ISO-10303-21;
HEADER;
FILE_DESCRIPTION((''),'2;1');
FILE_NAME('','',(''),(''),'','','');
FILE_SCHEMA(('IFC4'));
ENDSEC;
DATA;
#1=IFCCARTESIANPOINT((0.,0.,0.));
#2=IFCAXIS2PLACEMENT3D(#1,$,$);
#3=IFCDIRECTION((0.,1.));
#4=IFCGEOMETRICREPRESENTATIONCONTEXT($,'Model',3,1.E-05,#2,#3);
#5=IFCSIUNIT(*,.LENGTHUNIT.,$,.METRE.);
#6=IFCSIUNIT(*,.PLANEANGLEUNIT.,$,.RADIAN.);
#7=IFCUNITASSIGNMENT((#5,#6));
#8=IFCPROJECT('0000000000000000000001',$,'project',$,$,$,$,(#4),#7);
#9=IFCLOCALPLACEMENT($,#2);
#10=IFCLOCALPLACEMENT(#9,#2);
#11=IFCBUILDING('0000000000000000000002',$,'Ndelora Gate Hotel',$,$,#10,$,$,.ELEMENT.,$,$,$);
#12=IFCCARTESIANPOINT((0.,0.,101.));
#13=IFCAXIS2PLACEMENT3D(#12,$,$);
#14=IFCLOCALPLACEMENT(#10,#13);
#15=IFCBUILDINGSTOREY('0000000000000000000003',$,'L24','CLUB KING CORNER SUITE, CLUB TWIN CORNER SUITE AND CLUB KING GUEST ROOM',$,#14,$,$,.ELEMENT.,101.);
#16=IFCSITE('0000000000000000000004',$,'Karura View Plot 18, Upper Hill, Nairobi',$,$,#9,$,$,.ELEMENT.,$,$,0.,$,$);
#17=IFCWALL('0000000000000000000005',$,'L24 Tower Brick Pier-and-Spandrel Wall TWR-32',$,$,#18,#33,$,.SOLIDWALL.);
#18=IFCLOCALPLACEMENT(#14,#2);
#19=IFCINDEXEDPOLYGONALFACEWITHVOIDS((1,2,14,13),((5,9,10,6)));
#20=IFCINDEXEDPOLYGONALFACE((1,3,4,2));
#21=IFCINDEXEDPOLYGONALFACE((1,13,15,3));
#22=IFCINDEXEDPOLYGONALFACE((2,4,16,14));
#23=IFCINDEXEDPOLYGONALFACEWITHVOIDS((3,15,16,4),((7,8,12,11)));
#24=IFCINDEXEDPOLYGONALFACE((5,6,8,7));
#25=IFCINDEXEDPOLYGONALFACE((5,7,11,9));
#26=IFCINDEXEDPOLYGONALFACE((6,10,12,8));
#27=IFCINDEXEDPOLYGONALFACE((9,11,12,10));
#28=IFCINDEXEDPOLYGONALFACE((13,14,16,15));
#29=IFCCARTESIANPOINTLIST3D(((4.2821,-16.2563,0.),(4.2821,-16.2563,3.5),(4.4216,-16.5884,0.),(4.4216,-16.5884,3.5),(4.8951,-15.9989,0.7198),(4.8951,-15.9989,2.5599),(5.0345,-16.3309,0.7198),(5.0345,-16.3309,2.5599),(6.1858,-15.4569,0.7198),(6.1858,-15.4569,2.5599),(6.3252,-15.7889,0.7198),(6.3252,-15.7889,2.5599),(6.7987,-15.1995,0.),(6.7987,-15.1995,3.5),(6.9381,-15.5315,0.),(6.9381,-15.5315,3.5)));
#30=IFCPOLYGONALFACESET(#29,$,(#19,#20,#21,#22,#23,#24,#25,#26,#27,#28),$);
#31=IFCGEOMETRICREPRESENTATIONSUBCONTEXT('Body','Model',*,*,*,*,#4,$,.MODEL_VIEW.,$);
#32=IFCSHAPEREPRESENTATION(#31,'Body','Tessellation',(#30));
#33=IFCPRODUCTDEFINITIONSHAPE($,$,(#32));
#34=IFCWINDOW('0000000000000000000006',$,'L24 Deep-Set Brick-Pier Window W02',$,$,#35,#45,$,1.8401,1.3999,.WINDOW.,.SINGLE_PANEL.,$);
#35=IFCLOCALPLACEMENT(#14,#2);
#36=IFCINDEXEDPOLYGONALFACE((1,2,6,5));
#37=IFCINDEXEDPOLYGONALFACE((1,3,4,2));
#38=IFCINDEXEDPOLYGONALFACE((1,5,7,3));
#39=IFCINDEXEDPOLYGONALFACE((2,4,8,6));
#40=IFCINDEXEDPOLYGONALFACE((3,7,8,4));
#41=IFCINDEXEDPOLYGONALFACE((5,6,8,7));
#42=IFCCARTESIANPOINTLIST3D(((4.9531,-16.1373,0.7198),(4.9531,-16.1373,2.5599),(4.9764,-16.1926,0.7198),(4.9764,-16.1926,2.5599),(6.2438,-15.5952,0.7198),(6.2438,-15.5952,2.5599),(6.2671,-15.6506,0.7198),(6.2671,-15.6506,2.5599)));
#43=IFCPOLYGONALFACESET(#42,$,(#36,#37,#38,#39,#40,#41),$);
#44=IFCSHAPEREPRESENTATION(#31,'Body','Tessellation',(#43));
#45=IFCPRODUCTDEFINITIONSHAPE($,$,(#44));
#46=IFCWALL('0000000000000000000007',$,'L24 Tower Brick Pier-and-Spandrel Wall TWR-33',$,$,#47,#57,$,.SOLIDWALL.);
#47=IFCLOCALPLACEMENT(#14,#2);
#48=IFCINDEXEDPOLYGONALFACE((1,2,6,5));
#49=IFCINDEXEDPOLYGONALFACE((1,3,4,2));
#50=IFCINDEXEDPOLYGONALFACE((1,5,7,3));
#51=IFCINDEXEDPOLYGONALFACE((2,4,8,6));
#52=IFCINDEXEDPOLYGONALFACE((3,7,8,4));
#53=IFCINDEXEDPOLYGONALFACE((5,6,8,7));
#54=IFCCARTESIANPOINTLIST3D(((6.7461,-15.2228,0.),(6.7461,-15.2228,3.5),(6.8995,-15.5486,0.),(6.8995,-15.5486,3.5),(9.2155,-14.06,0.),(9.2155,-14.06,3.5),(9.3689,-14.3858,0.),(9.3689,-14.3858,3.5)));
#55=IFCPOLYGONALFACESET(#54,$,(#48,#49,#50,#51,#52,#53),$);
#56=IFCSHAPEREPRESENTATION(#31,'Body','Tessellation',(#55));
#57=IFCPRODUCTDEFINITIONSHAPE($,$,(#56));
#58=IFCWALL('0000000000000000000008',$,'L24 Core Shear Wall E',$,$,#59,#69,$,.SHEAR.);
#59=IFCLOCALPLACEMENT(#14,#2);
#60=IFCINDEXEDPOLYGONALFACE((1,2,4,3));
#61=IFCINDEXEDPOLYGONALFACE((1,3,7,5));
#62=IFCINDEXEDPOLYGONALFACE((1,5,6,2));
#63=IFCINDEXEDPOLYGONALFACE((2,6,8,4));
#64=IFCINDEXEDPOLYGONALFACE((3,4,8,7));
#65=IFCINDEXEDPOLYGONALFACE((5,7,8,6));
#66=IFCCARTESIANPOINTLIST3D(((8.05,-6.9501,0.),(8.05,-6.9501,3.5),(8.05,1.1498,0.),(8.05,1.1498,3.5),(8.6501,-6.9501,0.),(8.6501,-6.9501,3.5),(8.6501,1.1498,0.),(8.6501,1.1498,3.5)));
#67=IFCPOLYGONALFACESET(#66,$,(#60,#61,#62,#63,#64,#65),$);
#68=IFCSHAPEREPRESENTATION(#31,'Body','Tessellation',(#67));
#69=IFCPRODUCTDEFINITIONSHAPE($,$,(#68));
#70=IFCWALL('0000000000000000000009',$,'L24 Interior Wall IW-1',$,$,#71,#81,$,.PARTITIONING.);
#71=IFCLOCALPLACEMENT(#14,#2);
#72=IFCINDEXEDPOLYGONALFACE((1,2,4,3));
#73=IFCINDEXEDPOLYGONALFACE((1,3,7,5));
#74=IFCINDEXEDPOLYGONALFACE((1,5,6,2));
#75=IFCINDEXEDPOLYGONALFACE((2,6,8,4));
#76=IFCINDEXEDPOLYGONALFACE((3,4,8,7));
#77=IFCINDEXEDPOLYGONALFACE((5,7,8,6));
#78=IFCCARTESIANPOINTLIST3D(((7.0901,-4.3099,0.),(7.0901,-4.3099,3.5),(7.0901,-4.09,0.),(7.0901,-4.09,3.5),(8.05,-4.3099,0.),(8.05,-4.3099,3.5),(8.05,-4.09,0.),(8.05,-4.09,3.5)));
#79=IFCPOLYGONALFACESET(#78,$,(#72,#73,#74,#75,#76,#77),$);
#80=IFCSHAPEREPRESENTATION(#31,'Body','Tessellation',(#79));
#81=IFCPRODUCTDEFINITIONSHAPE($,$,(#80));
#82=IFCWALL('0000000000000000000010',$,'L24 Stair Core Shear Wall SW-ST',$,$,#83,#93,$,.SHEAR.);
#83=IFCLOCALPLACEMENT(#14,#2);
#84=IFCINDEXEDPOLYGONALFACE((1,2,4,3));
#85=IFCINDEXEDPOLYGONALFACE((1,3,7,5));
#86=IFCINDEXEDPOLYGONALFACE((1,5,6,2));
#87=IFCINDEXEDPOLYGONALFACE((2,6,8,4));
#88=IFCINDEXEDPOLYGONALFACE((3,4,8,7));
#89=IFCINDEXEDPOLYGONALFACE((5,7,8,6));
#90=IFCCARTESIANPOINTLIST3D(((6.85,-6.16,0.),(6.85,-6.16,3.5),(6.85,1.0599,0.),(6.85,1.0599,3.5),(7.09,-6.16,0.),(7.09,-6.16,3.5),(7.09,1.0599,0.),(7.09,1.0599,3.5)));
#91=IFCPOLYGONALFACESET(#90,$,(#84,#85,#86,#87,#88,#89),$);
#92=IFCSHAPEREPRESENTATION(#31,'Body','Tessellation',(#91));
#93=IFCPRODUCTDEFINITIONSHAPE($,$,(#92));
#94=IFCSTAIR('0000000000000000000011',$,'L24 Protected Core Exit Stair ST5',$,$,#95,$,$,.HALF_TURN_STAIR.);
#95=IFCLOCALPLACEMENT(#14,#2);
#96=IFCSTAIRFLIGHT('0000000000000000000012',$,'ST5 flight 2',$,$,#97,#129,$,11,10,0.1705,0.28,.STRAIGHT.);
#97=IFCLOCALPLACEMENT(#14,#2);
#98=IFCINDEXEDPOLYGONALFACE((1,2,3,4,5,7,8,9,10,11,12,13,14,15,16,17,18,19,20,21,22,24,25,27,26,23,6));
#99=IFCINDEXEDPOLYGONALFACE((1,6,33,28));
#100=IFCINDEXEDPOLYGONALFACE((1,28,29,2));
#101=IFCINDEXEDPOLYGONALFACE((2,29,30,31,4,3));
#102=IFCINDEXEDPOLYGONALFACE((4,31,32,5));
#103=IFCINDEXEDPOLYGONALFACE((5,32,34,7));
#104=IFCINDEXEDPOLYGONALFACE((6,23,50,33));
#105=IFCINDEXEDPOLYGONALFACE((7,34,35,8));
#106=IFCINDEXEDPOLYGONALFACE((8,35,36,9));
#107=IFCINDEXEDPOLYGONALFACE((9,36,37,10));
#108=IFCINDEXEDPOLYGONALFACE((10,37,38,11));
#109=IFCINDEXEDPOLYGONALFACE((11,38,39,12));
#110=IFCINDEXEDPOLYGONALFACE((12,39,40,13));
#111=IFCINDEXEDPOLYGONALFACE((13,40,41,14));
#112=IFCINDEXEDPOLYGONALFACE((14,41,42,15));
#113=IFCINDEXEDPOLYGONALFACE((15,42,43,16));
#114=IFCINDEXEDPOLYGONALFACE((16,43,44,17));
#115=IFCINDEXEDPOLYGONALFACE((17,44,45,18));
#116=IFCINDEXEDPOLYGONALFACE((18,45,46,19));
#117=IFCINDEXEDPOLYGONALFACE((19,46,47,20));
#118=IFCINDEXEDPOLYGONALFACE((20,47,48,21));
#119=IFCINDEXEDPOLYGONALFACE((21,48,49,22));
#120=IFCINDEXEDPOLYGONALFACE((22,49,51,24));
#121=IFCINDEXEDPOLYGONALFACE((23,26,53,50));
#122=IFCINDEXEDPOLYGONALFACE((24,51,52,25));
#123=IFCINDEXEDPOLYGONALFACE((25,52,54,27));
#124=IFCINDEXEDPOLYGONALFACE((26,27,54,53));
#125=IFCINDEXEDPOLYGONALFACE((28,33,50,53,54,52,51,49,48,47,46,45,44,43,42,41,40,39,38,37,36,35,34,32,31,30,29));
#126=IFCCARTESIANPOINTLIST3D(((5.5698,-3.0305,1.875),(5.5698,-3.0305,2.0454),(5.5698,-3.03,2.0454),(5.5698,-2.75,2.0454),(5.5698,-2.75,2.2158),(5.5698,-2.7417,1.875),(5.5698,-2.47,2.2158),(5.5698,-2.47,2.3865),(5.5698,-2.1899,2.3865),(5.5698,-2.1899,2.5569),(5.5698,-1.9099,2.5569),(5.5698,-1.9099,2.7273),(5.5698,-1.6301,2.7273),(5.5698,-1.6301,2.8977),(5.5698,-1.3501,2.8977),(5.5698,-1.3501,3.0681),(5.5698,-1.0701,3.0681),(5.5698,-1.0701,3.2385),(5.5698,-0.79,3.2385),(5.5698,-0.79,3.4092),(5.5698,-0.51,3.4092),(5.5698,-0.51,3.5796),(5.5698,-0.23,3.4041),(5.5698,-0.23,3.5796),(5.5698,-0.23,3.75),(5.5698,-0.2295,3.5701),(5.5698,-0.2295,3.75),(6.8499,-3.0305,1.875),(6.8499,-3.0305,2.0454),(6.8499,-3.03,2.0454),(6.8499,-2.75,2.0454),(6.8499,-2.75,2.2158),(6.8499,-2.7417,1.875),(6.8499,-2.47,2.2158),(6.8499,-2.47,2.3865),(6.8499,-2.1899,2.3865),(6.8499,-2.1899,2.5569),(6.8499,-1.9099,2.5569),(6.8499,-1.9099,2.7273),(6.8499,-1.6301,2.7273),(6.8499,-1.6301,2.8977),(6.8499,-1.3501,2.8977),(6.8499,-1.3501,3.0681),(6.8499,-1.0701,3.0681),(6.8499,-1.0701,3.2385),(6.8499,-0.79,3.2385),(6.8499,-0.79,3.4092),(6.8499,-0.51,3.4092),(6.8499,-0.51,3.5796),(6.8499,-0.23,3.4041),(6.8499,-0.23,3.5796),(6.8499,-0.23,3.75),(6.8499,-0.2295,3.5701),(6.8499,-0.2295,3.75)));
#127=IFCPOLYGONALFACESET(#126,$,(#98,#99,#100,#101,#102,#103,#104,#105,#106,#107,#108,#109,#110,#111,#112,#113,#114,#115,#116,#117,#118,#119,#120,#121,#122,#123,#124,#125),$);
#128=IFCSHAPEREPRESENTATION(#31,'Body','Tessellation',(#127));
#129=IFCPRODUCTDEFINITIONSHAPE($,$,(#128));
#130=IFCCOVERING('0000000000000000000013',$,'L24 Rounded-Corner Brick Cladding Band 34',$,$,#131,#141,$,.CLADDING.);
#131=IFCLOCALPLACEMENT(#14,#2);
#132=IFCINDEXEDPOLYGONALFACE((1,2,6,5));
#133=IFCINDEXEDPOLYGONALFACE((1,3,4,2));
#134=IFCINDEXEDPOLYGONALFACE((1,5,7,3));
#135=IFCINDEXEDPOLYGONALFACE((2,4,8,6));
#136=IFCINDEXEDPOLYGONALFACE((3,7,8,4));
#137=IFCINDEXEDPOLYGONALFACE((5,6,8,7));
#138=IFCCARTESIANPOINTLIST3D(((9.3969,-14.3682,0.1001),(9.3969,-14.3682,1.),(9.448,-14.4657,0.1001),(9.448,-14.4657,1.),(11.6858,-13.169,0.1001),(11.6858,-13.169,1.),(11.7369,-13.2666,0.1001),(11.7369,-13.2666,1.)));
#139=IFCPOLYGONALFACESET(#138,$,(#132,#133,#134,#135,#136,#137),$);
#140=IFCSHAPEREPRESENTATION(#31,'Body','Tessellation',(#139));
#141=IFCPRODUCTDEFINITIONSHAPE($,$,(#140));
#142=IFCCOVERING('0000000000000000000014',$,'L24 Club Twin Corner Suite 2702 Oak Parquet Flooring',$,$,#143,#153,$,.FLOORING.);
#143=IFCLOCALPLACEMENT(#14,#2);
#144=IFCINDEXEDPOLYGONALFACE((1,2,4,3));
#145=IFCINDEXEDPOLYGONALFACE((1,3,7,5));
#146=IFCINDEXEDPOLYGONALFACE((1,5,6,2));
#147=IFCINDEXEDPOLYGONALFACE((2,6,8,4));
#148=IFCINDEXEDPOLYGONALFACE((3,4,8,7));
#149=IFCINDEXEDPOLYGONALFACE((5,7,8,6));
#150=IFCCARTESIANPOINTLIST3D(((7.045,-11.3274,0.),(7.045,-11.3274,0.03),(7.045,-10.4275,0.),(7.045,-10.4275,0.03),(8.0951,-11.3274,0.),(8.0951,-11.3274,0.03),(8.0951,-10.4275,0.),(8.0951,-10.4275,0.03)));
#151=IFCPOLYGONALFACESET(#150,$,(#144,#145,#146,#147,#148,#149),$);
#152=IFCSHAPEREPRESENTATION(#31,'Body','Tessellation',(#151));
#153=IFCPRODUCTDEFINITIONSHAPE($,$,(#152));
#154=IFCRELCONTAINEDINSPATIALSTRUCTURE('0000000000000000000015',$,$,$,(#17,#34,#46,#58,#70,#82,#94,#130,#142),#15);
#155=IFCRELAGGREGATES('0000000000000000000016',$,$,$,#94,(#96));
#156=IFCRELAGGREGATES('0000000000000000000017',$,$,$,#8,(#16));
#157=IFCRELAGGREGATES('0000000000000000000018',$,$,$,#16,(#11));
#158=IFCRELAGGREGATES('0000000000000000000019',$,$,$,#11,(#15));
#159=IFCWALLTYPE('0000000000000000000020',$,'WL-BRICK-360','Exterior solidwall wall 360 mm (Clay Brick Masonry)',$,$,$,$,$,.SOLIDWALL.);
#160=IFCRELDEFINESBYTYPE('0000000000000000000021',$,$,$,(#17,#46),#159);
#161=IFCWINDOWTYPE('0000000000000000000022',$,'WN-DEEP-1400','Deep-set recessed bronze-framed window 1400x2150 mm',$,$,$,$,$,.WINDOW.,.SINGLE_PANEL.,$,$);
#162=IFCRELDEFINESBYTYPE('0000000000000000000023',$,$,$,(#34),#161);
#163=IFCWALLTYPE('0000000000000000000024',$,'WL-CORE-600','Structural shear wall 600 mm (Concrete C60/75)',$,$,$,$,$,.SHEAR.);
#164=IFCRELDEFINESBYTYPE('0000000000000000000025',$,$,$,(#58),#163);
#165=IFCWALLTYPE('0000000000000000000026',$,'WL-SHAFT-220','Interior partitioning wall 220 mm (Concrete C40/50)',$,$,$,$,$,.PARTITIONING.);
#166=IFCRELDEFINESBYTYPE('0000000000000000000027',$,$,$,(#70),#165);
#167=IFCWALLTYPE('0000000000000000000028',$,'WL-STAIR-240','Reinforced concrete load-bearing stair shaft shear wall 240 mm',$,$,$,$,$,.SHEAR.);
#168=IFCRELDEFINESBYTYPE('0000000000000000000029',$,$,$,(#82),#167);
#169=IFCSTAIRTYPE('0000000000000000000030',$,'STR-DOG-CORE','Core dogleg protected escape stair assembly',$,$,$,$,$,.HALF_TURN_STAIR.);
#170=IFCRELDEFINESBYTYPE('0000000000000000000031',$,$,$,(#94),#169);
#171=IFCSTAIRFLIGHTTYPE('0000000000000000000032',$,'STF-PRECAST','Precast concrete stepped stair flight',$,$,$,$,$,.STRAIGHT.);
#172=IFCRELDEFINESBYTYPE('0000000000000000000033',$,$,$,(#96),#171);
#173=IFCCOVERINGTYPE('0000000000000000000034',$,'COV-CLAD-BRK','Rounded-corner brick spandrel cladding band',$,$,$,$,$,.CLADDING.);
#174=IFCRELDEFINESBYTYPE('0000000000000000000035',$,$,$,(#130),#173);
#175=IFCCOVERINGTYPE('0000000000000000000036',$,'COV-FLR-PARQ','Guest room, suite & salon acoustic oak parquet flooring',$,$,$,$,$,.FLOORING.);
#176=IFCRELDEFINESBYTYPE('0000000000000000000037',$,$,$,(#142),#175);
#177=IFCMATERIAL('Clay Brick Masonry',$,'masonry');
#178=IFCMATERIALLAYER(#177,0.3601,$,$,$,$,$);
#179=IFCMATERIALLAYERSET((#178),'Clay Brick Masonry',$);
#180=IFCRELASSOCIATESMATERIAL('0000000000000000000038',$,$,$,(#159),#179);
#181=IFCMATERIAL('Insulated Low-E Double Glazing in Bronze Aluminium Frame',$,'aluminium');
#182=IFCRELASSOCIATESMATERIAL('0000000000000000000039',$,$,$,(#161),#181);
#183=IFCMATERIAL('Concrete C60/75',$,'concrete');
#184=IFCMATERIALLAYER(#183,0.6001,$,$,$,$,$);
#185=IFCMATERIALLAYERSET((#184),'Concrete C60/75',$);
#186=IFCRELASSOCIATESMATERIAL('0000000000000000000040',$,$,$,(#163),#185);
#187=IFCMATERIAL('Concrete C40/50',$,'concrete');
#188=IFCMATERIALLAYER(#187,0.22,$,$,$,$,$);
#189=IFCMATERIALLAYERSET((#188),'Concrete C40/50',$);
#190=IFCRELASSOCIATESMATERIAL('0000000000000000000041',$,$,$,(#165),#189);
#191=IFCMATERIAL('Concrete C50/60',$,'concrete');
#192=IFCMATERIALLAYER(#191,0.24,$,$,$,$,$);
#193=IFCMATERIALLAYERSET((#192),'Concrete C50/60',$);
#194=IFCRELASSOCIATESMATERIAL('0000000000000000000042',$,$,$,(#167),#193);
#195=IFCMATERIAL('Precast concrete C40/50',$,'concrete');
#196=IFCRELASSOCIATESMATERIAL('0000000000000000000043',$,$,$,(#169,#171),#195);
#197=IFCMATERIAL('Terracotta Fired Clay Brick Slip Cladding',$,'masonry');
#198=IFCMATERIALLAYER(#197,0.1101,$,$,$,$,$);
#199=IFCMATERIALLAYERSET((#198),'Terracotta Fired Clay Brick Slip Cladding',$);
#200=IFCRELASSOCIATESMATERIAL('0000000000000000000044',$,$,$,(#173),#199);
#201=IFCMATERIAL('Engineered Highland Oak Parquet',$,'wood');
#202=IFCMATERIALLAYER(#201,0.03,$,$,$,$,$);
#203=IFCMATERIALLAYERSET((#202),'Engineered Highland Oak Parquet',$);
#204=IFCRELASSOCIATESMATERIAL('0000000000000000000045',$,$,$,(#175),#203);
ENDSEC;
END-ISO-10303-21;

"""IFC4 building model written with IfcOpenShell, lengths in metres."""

from ifc_helpers import new_model, si_unit, direction, frame, frame_2d, origin, origin_2d, place, context, subcontext, project, spatial, polyline, rectangle, outline, extrude, material, layer, layer_set, type_object, element, fill, aggregate, save


model = new_model("IFC4")

# Units and contexts
model_context = context("Model", 3, precision=1e-05, world=origin(), true_north=direction((0.0, 1.0)))
body_context = subcontext(model_context, "Body", "Model", "MODEL_VIEW")
ifc_project = project(units=[si_unit("LENGTHUNIT", "METRE"), si_unit("PLANEANGLEUNIT", "RADIAN")], contexts=[model_context])

# Site, building, storey
site_placement = place(None, origin())
site = spatial("IfcSite", under=ifc_project, at=site_placement, Name="Karura View Plot 18, Upper Hill, Nairobi", CompositionType="ELEMENT", RefElevation=0.0)
building_placement = place(site_placement, origin())
building = spatial("IfcBuilding", under=site, at=building_placement, Name="Ndelora Gate Hotel", CompositionType="ELEMENT")
storey_placement = place(building_placement, frame((0.0, 0.0, 101.0)))
storey = spatial("IfcBuildingStorey", under=building, at=storey_placement, Name="L24", Description="CLUB KING CORNER SUITE, CLUB TWIN CORNER SUITE AND CLUB KING GUEST ROOM", CompositionType="ELEMENT", Elevation=101.0)

# Shared definitions
ifc_material_1 = material(Name="Concrete C60/75", Category="concrete")

# Wall, opening, window
ifc_material_2 = material(Name="Clay Brick Masonry", Category="masonry")
ifc_layer_1 = layer(ifc_material_2, 0.3601)
ifc_layer_set_1 = layer_set([ifc_layer_1], Name="Clay Brick Masonry")
wall_type_1 = type_object("IfcWallType", Name="WL-BRICK-360", Description="Exterior solidwall wall 360 mm (Clay Brick Masonry)", PredefinedType="SOLIDWALL", material=ifc_layer_set_1)
wall_1_placement = place(storey_placement, frame((6.8684, -15.3655, 0.0), z_axis=(0.0, 0.0, 1.0), x_axis=(-0.921994, -0.387205, 0.0)))
wall_1 = element("IfcWall", 1, at=wall_1_placement, inside=storey, type_object=wall_type_1, Name="L24 Tower Brick Pier-and-Spandrel Wall TWR-32", PredefinedType="SOLIDWALL", context=body_context, shape_type="SweptSolid", body=[
    extrude(rectangle(XDim=2.7295, YDim=0.3601, at=frame_2d((1.3647, 0.0))), origin(), (0.0, 0.0, 1.0), 3.5),
])
opening_1_placement = place(wall_1_placement, frame((0.6648, 0.0, 0.72)))
opening_1 = element("IfcOpeningElement", 2, at=opening_1_placement, cuts=wall_1, PredefinedType="OPENING", context=body_context, shape_type="SweptSolid", body=[
    extrude(rectangle(XDim=1.3999, YDim=1.8401, at=frame_2d((0.7, 0.9199))), frame((0.0, 0.1899, 0.0), z_axis=(0.0, -1.0, 0.0), x_axis=(1.0, 0.0, 0.0)), (0.0, 0.0, 1.0), 0.3801),
])
ifc_material_3 = material(Name="Insulated Low-E Double Glazing in Bronze Aluminium Frame", Category="aluminium")
window_type = type_object("IfcWindowType", Name="WN-DEEP-1400", Description="Deep-set recessed bronze-framed window 1400x2150 mm", PartitioningType="SINGLE_PANEL", PredefinedType="WINDOW", material=ifc_material_3)
window_placement = place(opening_1_placement, origin())
window = element("IfcWindow", 3, at=window_placement, inside=storey, type_object=window_type, Name="L24 Deep-Set Brick-Pier Window W02", OverallHeight=1.8401, OverallWidth=1.3999, PartitioningType="SINGLE_PANEL", PredefinedType="WINDOW", context=body_context, shape_type="SweptSolid", body=[
    extrude(rectangle(XDim=1.3999, YDim=1.8401, at=frame_2d((0.7, 0.9199))), frame((0.0, 0.03, 0.0), z_axis=(0.0, -1.0, 0.0), x_axis=(1.0, 0.0, 0.0)), (0.0, 0.0, 1.0), 0.0601),
])
fill(opening_1, window)

# Walls
wall_2_placement = place(storey_placement, frame((9.2922, -14.2229, 0.0), z_axis=(0.0, 0.0, 1.0), x_axis=(-0.904715, -0.426017, 0.0)))
element("IfcWall", 4, at=wall_2_placement, inside=storey, type_object=wall_type_1, Name="L24 Tower Brick Pier-and-Spandrel Wall TWR-33", PredefinedType="SOLIDWALL", context=body_context, shape_type="SweptSolid", body=[
    extrude(rectangle(XDim=2.7295, YDim=0.3601, at=frame_2d((1.3647, 0.0))), origin(), (0.0, 0.0, 1.0), 3.5),
])
ifc_layer_2 = layer(ifc_material_1, 0.6001)
ifc_layer_set_2 = layer_set([ifc_layer_2], Name="Concrete C60/75")
wall_type_2 = type_object("IfcWallType", Name="WL-CORE-600", Description="Structural shear wall 600 mm (Concrete C60/75)", PredefinedType="SHEAR", material=ifc_layer_set_2)
wall_3_placement = place(storey_placement, frame((8.3501, -6.95, 0.0), z_axis=(0.0, 0.0, 1.0), x_axis=(0.0, 1.0, 0.0)))
element("IfcWall", 5, at=wall_3_placement, inside=storey, type_object=wall_type_2, Name="L24 Core Shear Wall E", PredefinedType="SHEAR", context=body_context, shape_type="SweptSolid", body=[
    extrude(rectangle(XDim=8.0999, YDim=0.6001, at=frame_2d((4.0498, 0.0))), origin(), (0.0, 0.0, 1.0), 3.5),
])

# Walls
ifc_material_4 = material(Name="Concrete C40/50", Category="concrete")
ifc_layer_3 = layer(ifc_material_4, 0.22)
ifc_layer_set_3 = layer_set([ifc_layer_3], Name="Concrete C40/50")
wall_type_3 = type_object("IfcWallType", Name="WL-SHAFT-220", Description="Interior partitioning wall 220 mm (Concrete C40/50)", PredefinedType="PARTITIONING", material=ifc_layer_set_3)
wall_4_placement = place(storey_placement, frame((7.0901, -4.2, 0.0), z_axis=(0.0, 0.0, 1.0), x_axis=(1.0, 0.0, 0.0)))
element("IfcWall", 6, at=wall_4_placement, inside=storey, type_object=wall_type_3, Name="L24 Interior Wall IW-1", PredefinedType="PARTITIONING", context=body_context, shape_type="SweptSolid", body=[
    extrude(rectangle(XDim=0.96, YDim=0.22, at=frame_2d((0.48, 0.0))), origin(), (0.0, 0.0, 1.0), 3.5),
])
ifc_material_5 = material(Name="Concrete C50/60", Category="concrete")
ifc_layer_4 = layer(ifc_material_5, 0.24)
ifc_layer_set_4 = layer_set([ifc_layer_4], Name="Concrete C50/60")
wall_type_4 = type_object("IfcWallType", Name="WL-STAIR-240", Description="Reinforced concrete load-bearing stair shaft shear wall 240 mm", PredefinedType="SHEAR", material=ifc_layer_set_4)
wall_5_placement = place(storey_placement, frame((6.97, -6.1599, 0.0), z_axis=(0.0, 0.0, 1.0), x_axis=(0.0, 1.0, 0.0)))
element("IfcWall", 7, at=wall_5_placement, inside=storey, type_object=wall_type_4, Name="L24 Stair Core Shear Wall SW-ST", PredefinedType="SHEAR", context=body_context, shape_type="SweptSolid", body=[
    extrude(rectangle(XDim=7.22, YDim=0.24, at=frame_2d((3.6099, 0.0))), origin(), (0.0, 0.0, 1.0), 3.5),
])

# Stair, stair flight
ifc_material_6 = material(Name="Precast concrete C40/50", Category="concrete")
stair_type = type_object("IfcStairType", Name="STR-DOG-CORE", Description="Core dogleg protected escape stair assembly", PredefinedType="HALF_TURN_STAIR", material=ifc_material_6)
stair_placement = place(storey_placement, origin())
stair = element("IfcStair", 8, at=stair_placement, inside=storey, type_object=stair_type, Name="L24 Protected Core Exit Stair ST5", PredefinedType="HALF_TURN_STAIR")
stair_flight_type = type_object("IfcStairFlightType", Name="STF-PRECAST", Description="Precast concrete stepped stair flight", PredefinedType="STRAIGHT", material=ifc_material_6)
stair_flight_placement = place(storey_placement, frame((6.21, -3.03, 1.875), z_axis=(0.0, 0.0, 1.0), x_axis=(0.0, 1.0, 0.0)))
stair_flight = element("IfcStairFlight", 9, at=stair_flight_placement, type_object=stair_flight_type, Name="ST5 flight 2", NumberOfRisers=11, NumberOfTreads=10, PredefinedType="STRAIGHT", RiserHeight=0.1705, TreadLength=0.28, context=body_context, shape_type="SweptSolid", body=[
    extrude(outline(polyline([(-0.0005, 0.0), (-0.0005, 0.1704), (0.0, 0.1704), (0.28, 0.1704), (0.28, 0.3408), (0.5601, 0.3408), (0.5601, 0.5115), (0.8401, 0.5115), (0.8401, 0.6819), (1.1201, 0.6819), (1.1201, 0.8523), (1.3999, 0.8523), (1.3999, 1.0227), (1.6799, 1.0227), (1.6799, 1.1931), (1.96, 1.1931), (1.96, 1.3635), (2.24, 1.3635), (2.24, 1.5342), (2.52, 1.5342), (2.52, 1.7046), (2.8, 1.7046), (2.8, 1.875), (2.8005, 1.875), (2.8005, 1.6951), (2.8, 1.5291), (0.2883, 0.0), (-0.0005, 0.0)])), frame((0.0, 0.6401, 0.0), z_axis=(0.0, -1.0, 0.0), x_axis=(1.0, 0.0, 0.0)), (0.0, 0.0, 1.0), 1.28),
])
aggregate(stair, [stair_flight])

# Coverings
ifc_material_7 = material(Name="Terracotta Fired Clay Brick Slip Cladding", Category="masonry")
ifc_layer_5 = layer(ifc_material_7, 0.1101)
ifc_layer_set_5 = layer_set([ifc_layer_5], Name="Terracotta Fired Clay Brick Slip Cladding")
covering_type_1 = type_object("IfcCoveringType", Name="COV-CLAD-BRK", Description="Rounded-corner brick spandrel cladding band", PredefinedType="CLADDING", material=ifc_layer_set_5)
covering_1_placement = place(storey_placement, frame((10.5669, -13.8174, 0.1001), z_axis=(0.0, 0.0, 1.0), x_axis=(0.885799, 0.464069, 0.0)))
element("IfcCovering", 10, at=covering_1_placement, inside=storey, type_object=covering_type_1, Name="L24 Rounded-Corner Brick Cladding Band 34", PredefinedType="CLADDING", context=body_context, shape_type="SweptSolid", body=[
    extrude(rectangle(XDim=2.584, YDim=0.1101, at=origin_2d()), origin(), (0.0, 0.0, 1.0), 0.8999),
])
ifc_material_8 = material(Name="Engineered Highland Oak Parquet", Category="wood")
ifc_layer_6 = layer(ifc_material_8, 0.03)
ifc_layer_set_6 = layer_set([ifc_layer_6], Name="Engineered Highland Oak Parquet")
covering_type_2 = type_object("IfcCoveringType", Name="COV-FLR-PARQ", Description="Guest room, suite & salon acoustic oak parquet flooring", PredefinedType="FLOORING", material=ifc_layer_set_6)
covering_2_placement = place(storey_placement, frame((7.5701, -10.8774, 0.0), z_axis=(0.0, 0.0, 1.0), x_axis=(1.0, 0.0, 0.0)))
element("IfcCovering", 11, at=covering_2_placement, inside=storey, type_object=covering_type_2, Name="L24 Club Twin Corner Suite 2702 Oak Parquet Flooring", PredefinedType="FLOORING", context=body_context, shape_type="SweptSolid", body=[
    extrude(rectangle(XDim=1.05, YDim=0.8999, at=origin_2d()), origin(), (0.0, 0.0, 1.0), 0.03),
])

save(model, "model.ifc")
